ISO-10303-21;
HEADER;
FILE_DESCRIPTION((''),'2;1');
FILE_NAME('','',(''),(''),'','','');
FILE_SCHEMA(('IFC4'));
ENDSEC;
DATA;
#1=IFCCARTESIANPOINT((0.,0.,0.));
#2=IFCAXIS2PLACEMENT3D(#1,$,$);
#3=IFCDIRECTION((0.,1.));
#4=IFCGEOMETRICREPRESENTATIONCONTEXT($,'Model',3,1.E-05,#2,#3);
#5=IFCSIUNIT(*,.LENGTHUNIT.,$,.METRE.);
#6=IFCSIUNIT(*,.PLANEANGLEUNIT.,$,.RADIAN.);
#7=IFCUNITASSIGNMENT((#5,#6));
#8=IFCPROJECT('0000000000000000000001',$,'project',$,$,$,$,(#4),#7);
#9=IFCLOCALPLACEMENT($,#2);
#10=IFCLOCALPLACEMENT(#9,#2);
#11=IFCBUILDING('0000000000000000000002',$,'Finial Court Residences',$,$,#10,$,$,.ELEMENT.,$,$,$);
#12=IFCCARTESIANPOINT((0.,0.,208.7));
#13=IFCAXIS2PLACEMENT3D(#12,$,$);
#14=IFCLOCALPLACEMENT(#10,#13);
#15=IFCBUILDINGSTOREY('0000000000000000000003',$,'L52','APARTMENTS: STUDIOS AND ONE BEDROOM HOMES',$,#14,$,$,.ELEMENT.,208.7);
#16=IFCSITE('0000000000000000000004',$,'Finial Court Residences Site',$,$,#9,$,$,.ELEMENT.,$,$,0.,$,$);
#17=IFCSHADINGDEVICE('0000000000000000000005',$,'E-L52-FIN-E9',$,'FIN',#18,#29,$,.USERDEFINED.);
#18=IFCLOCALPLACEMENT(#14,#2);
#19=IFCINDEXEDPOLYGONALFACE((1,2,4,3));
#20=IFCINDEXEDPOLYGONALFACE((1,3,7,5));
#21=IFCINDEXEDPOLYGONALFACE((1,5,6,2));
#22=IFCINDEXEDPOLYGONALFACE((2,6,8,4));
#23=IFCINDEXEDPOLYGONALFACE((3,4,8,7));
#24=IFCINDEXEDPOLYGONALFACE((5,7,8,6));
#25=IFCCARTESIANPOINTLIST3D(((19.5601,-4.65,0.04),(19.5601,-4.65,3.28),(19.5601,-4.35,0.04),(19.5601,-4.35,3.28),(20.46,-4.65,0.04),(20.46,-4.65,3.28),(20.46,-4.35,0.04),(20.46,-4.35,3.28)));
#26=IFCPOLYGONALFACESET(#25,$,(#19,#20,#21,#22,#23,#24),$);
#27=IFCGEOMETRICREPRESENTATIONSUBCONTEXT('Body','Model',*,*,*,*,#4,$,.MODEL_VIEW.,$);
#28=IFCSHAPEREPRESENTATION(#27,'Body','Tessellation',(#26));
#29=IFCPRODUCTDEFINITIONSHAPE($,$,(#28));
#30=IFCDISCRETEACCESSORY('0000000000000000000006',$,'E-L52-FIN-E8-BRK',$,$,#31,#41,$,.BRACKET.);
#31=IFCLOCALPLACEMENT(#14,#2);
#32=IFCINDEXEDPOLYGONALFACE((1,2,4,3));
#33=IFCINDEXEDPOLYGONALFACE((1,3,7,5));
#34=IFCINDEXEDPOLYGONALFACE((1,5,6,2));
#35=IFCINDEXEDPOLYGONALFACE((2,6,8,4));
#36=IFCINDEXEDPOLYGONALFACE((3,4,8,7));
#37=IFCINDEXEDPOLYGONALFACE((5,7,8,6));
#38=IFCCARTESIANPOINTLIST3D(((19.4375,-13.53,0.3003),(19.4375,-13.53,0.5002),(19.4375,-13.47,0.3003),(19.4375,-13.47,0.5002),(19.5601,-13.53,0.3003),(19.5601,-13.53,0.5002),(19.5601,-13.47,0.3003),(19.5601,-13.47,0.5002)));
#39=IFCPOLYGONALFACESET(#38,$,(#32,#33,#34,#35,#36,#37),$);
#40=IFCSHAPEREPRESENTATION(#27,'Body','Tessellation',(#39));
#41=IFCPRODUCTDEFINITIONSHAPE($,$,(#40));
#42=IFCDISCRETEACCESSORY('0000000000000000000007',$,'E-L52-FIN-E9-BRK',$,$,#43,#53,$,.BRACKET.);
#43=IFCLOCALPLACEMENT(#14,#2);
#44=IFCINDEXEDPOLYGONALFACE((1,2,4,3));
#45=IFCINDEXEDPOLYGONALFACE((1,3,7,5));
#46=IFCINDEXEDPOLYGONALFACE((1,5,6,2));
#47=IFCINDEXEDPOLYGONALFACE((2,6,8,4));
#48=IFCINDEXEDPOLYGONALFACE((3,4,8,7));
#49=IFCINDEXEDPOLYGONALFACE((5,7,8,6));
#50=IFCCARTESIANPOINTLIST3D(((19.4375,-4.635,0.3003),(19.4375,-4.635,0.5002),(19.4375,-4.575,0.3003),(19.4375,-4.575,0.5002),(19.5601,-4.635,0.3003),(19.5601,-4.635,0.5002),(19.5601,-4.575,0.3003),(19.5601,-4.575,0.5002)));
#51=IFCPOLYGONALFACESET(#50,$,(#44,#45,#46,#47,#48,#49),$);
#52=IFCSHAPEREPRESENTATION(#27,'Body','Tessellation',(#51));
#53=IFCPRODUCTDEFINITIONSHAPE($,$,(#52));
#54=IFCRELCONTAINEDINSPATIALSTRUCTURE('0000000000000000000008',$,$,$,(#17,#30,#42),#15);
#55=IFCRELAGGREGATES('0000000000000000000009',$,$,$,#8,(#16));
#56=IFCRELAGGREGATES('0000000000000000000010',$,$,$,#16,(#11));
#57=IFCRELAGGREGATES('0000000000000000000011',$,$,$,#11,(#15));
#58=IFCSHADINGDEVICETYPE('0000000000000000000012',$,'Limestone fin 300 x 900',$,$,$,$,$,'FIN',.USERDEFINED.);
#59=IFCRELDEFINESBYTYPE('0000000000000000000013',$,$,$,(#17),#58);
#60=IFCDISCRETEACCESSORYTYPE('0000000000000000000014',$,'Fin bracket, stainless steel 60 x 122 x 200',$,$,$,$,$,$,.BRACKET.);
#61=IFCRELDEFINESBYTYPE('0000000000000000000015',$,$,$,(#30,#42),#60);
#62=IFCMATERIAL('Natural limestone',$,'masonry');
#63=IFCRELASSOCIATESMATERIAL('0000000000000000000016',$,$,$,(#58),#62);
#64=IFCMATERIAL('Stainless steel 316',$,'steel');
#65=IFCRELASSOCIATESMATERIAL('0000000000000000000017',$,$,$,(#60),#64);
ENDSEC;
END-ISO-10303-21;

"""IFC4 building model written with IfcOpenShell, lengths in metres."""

from ifc_helpers import new_model, si_unit, direction, frame, origin, origin_2d, place, context, subcontext, project, spatial, rectangle, extrude, material, type_object, element, save


model = new_model("IFC4")

# Units and contexts
model_context = context("Model", 3, precision=1e-05, world=origin(), true_north=direction((0.0, 1.0)))
body_context = subcontext(model_context, "Body", "Model", "MODEL_VIEW")
ifc_project = project(units=[si_unit("LENGTHUNIT", "METRE"), si_unit("PLANEANGLEUNIT", "RADIAN")], contexts=[model_context])

# Site, building, storey
site_placement = place(None, origin())
site = spatial("IfcSite", under=ifc_project, at=site_placement, Name="Finial Court Residences Site", CompositionType="ELEMENT", RefElevation=0.0)
building_placement = place(site_placement, origin())
building = spatial("IfcBuilding", under=site, at=building_placement, Name="Finial Court Residences", CompositionType="ELEMENT")
storey_placement = place(building_placement, frame((0.0, 0.0, 208.7)))
storey = spatial("IfcBuildingStorey", under=building, at=storey_placement, Name="L52", Description="APARTMENTS: STUDIOS AND ONE BEDROOM HOMES", CompositionType="ELEMENT", Elevation=208.7)

# Shared definitions
ifc_material_1 = material(Name="Natural limestone", Category="masonry")

# Shading device
shading_device_type = type_object("IfcShadingDeviceType", Name="Limestone fin 300 x 900", ElementType="FIN", PredefinedType="USERDEFINED", material=ifc_material_1)
shading_device_1_placement = place(storey_placement, frame((20.01, -4.5, 0.04), z_axis=(0.0, 0.0, 1.0), x_axis=(1.0, 0.0, 0.0)))
element("IfcShadingDevice", 1, at=shading_device_1_placement, inside=storey, type_object=shading_device_type, Name="E-L52-FIN-E9", ObjectType="FIN", PredefinedType="USERDEFINED", context=body_context, shape_type="SweptSolid", body=[
    extrude(rectangle(XDim=0.8999, YDim=0.3, at=origin_2d()), origin(), (0.0, 0.0, 1.0), 3.24),
])

# Discrete accessories
ifc_material_2 = material(Name="Stainless steel 316", Category="steel")
discrete_accessory_type = type_object("IfcDiscreteAccessoryType", Name="Fin bracket, stainless steel 60 x 122 x 200", PredefinedType="BRACKET", material=ifc_material_2)
for number, where, z_axis, x_axis, name in (
    (2, (19.4988, -13.5, 0.3003), (0.0, 0.0, 1.0), (1.0, 0.0, 0.0), "E-L52-FIN-E8-BRK"),
    (3, (19.4988, -4.605, 0.3003), (0.0, 0.0, 1.0), (1.0, 0.0, 0.0), "E-L52-FIN-E9-BRK"),
):
    element("IfcDiscreteAccessory", number, at=place(storey_placement, frame(where, z_axis=z_axis, x_axis=x_axis)), inside=storey, type_object=discrete_accessory_type, Name=name, PredefinedType="BRACKET", context=body_context, shape_type="SweptSolid", body=[
        extrude(rectangle(XDim=0.1226, YDim=0.0601, at=origin_2d()), origin(), (0.0, 0.0, 1.0), 0.2),
    ])

save(model, "model.ifc")
